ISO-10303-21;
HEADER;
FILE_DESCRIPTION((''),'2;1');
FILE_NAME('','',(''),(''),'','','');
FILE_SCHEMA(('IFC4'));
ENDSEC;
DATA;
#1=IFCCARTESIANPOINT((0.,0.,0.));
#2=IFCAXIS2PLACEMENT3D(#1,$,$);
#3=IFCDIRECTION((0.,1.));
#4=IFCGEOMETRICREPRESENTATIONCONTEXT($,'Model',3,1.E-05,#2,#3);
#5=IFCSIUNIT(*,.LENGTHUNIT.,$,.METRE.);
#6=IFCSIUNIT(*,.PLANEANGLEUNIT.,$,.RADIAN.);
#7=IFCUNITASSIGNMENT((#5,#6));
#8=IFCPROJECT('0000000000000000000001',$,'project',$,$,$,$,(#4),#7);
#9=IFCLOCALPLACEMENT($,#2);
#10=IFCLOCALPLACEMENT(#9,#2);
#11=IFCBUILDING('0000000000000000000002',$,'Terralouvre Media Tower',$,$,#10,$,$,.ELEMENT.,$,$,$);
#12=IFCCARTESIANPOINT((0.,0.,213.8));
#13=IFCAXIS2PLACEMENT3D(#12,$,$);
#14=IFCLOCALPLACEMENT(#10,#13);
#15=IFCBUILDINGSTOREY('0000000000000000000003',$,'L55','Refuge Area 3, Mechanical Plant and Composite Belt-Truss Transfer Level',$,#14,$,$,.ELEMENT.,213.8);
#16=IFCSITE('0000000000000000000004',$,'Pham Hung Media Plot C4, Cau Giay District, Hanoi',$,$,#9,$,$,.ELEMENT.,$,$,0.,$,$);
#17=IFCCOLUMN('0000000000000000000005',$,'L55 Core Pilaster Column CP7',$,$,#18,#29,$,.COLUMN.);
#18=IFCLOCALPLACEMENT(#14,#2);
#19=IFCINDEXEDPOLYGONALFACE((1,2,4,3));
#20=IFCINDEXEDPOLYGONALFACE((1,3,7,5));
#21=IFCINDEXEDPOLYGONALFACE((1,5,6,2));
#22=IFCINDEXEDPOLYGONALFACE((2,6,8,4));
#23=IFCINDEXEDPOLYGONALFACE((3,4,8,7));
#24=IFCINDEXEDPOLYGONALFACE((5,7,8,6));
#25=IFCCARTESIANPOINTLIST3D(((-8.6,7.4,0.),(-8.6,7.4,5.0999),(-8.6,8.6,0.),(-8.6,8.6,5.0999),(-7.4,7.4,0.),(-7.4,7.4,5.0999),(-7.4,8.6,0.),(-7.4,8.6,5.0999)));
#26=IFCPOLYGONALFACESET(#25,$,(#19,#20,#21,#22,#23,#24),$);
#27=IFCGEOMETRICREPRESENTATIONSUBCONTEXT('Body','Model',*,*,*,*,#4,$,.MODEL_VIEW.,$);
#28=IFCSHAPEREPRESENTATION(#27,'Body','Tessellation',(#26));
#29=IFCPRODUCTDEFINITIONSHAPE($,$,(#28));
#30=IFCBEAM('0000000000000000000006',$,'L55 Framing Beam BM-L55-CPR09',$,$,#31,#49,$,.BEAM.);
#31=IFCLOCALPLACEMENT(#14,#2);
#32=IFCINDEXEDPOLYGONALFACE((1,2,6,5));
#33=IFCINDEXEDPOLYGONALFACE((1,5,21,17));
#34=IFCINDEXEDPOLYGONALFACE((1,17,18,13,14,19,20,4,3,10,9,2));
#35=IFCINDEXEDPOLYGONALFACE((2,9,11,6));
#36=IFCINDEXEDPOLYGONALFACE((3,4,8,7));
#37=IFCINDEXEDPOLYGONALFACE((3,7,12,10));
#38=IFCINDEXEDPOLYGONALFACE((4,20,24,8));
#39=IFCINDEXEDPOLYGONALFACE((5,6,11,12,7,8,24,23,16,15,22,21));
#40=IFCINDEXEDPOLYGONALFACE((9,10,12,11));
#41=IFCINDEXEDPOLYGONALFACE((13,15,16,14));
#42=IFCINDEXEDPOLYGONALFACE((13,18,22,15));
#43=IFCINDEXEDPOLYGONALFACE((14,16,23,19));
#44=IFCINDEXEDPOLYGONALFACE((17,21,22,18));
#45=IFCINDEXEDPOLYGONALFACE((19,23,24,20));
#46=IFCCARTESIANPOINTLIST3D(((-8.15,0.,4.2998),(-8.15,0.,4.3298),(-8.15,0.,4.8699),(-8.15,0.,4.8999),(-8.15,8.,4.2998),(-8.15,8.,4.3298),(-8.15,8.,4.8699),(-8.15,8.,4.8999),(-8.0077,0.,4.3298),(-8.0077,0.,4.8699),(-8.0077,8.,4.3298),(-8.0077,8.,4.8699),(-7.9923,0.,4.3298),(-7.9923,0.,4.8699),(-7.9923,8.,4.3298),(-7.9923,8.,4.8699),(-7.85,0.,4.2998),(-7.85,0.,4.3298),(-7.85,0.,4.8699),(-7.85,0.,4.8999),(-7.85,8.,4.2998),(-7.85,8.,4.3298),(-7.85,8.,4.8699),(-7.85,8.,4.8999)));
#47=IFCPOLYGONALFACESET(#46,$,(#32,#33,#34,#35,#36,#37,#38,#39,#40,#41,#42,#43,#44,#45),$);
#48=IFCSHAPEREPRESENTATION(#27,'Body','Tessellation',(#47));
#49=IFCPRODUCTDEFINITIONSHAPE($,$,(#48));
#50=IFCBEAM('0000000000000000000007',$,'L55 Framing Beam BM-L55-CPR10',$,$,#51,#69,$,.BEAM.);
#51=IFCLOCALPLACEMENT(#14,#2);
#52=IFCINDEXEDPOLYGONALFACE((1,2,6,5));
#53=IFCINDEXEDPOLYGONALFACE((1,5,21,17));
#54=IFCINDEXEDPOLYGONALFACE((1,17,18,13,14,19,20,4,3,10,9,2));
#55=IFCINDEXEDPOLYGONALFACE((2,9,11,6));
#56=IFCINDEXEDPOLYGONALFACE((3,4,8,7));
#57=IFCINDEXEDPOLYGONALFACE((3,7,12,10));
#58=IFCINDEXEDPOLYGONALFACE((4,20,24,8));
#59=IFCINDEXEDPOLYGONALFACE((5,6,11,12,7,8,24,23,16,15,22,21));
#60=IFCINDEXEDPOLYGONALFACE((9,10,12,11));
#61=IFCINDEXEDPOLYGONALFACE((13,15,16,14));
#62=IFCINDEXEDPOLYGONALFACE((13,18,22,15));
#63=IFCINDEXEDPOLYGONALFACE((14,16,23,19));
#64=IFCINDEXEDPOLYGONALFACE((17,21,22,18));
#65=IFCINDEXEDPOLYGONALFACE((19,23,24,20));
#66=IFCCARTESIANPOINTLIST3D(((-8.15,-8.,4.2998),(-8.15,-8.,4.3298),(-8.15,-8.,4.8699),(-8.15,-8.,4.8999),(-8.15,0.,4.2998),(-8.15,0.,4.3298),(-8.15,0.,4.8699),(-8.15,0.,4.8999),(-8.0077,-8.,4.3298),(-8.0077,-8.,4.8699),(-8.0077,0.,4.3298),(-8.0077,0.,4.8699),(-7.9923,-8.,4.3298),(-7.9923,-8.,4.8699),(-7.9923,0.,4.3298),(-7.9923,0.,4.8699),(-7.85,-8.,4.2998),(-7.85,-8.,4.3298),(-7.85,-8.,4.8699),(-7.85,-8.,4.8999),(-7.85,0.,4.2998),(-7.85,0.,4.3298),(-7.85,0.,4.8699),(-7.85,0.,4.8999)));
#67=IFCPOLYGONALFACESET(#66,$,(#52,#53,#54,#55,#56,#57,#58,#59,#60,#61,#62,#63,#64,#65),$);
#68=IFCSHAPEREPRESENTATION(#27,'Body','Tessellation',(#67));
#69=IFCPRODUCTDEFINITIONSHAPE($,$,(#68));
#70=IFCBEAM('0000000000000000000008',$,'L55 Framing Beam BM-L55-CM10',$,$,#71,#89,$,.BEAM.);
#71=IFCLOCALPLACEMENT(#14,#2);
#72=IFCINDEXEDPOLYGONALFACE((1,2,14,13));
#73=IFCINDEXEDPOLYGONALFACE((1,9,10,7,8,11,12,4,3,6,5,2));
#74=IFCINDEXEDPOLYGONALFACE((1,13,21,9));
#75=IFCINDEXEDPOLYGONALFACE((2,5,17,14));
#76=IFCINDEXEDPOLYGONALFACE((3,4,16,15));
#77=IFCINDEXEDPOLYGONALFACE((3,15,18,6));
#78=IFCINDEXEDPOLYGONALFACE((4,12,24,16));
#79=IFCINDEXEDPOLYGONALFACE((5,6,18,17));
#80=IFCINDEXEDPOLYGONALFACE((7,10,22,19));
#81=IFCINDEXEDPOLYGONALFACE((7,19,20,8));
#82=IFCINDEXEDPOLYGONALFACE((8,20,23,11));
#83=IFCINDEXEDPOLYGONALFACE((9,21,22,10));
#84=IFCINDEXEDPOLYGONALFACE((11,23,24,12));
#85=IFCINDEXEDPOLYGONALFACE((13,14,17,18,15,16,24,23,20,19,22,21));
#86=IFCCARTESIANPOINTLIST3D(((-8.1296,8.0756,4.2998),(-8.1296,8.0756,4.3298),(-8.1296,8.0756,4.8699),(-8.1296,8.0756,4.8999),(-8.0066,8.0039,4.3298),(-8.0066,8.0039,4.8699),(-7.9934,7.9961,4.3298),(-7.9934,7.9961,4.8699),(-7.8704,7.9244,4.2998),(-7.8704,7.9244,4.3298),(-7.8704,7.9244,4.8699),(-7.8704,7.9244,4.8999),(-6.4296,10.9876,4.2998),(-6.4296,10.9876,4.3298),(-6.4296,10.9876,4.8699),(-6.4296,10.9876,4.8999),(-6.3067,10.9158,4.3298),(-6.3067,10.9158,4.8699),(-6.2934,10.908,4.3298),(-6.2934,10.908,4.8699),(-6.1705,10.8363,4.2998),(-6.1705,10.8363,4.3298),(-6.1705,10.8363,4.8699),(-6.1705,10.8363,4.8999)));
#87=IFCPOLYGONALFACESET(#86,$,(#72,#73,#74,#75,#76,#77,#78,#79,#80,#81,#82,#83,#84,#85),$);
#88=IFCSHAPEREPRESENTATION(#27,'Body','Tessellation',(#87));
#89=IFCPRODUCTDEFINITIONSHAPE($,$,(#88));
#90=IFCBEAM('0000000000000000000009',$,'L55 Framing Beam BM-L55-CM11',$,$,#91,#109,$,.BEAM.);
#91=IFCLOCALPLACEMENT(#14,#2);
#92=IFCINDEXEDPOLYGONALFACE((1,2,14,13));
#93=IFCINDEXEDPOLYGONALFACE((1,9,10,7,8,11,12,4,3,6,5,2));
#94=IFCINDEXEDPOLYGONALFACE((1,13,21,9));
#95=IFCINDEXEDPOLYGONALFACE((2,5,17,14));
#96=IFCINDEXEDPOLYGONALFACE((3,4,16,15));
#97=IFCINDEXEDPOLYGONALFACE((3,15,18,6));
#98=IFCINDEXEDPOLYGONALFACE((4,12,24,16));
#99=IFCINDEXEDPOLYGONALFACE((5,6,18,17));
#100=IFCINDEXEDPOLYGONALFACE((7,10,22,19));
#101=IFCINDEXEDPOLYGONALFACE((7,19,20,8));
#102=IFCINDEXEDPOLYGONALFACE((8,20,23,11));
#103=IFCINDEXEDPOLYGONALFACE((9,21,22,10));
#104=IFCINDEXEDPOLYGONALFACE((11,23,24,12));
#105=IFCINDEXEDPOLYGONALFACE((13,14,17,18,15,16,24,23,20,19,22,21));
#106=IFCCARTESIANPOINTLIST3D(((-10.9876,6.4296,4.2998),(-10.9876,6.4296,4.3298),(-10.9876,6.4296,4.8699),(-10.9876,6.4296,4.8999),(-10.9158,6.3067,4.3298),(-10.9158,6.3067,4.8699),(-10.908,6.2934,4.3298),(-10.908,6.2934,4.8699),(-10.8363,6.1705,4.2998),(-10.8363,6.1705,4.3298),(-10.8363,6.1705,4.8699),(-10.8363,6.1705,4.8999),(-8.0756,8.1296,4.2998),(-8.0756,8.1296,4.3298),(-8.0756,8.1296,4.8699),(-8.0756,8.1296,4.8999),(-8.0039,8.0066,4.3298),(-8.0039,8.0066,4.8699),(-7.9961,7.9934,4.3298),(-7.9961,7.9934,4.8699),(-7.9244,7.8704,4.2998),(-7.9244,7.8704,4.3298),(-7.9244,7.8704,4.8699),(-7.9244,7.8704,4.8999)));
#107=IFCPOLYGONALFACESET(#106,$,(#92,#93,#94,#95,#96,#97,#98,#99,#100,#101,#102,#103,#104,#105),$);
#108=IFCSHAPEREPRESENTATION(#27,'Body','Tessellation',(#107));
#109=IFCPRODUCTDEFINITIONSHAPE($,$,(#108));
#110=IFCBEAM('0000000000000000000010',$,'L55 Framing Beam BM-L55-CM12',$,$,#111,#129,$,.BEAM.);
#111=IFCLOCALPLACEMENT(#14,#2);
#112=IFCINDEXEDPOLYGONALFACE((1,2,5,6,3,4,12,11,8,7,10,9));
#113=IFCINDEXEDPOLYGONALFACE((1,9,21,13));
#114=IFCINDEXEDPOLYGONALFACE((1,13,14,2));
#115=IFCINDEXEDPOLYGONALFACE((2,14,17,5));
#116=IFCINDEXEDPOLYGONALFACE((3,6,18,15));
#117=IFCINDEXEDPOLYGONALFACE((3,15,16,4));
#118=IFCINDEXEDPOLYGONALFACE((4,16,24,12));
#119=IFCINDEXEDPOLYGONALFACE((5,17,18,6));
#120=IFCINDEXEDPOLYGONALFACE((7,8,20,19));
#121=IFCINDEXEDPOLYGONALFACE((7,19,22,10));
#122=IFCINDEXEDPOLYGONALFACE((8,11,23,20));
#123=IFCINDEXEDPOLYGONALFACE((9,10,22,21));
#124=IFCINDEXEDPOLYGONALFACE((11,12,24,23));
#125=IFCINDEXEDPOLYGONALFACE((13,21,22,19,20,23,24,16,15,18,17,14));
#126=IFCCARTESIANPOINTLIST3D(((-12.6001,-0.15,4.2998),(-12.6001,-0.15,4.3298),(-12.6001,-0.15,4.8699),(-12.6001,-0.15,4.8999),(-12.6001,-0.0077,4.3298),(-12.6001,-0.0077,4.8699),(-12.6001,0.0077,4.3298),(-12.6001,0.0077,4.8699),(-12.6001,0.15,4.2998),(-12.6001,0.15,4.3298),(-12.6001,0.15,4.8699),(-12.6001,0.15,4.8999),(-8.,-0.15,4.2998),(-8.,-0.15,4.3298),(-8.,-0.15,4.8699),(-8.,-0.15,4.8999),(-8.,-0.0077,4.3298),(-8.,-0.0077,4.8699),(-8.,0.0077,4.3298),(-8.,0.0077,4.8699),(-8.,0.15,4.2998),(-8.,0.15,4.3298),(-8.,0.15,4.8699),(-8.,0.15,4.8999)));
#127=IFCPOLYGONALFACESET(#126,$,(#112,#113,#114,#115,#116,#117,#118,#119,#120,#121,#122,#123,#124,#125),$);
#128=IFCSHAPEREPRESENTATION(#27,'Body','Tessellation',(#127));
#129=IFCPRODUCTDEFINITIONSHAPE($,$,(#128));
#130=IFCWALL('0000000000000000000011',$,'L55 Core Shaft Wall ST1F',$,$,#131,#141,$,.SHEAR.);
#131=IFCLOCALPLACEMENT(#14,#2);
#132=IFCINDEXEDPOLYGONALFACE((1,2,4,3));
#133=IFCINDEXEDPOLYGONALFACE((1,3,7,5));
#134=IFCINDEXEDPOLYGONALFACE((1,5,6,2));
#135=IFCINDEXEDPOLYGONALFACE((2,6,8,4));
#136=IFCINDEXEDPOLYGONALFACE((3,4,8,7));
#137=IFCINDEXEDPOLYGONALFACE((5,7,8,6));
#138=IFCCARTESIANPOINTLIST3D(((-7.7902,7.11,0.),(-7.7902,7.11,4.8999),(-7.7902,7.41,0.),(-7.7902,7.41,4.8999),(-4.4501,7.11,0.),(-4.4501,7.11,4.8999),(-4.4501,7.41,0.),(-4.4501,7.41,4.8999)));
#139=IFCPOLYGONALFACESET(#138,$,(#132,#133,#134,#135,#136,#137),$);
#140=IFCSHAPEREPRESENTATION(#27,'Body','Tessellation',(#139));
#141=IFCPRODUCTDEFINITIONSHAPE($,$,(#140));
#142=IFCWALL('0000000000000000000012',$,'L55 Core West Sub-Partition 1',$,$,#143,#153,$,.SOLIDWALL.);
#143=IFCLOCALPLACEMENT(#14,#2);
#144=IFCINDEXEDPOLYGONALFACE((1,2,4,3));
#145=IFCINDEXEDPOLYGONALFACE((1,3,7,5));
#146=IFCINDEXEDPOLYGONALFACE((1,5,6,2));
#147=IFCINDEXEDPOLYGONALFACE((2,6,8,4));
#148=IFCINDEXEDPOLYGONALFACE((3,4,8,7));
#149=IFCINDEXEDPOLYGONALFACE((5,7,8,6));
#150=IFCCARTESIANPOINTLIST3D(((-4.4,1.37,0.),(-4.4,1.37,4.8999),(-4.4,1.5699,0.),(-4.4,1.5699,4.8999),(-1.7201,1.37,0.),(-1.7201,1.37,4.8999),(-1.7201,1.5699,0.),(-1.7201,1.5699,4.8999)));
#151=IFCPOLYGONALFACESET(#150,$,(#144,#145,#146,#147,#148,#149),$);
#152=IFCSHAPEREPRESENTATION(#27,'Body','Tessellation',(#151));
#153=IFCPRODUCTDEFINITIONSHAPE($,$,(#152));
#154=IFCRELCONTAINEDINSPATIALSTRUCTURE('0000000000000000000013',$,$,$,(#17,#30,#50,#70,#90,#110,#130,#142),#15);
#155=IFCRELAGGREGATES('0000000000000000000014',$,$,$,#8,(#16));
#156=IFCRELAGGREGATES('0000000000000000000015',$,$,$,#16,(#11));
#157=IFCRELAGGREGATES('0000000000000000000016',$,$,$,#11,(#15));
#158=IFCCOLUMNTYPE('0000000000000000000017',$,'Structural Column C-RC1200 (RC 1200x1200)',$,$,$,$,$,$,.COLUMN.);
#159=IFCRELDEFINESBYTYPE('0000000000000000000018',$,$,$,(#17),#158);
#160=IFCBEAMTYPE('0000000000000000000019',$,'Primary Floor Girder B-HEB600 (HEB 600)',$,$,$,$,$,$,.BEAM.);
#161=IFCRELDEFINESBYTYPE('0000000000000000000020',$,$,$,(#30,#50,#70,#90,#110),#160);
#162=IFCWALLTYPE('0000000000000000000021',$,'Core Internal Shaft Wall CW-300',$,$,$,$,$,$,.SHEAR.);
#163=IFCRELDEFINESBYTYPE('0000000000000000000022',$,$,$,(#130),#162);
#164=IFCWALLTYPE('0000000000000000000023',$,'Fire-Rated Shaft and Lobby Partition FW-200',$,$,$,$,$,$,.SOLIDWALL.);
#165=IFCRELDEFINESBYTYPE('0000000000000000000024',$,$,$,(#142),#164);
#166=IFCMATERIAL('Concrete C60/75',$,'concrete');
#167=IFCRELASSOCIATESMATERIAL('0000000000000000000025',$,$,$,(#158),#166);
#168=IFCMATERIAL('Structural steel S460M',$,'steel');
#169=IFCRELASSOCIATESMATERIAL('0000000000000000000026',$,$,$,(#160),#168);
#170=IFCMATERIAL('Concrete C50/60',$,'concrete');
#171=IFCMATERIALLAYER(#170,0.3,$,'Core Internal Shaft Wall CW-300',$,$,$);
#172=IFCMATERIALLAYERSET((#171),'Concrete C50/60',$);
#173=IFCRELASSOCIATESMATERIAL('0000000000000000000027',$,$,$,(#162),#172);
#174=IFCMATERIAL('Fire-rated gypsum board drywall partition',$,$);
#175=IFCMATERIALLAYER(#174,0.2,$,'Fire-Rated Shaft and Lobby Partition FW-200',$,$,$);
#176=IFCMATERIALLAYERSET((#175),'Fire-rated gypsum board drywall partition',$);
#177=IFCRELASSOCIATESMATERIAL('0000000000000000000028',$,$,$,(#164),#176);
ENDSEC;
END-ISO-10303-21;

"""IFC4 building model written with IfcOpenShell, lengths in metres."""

from ifc_helpers import new_model, si_unit, direction, frame, frame_2d, origin, origin_2d, place, context, subcontext, project, spatial, rectangle, i_section, extrude, material, layer, layer_set, material_profile, profile_set, type_object, element, save


model = new_model("IFC4")

# Units and contexts
model_context = context("Model", 3, precision=1e-05, world=origin(), true_north=direction((0.0, 1.0)))
body_context = subcontext(model_context, "Body", "Model", "MODEL_VIEW")
ifc_project = project(units=[si_unit("LENGTHUNIT", "METRE"), si_unit("PLANEANGLEUNIT", "RADIAN")], contexts=[model_context])

# Site, building, storey
site_placement = place(None, origin())
site = spatial("IfcSite", under=ifc_project, at=site_placement, Name="Pham Hung Media Plot C4, Cau Giay District, Hanoi", CompositionType="ELEMENT", RefElevation=0.0)
building_placement = place(site_placement, origin())
building = spatial("IfcBuilding", under=site, at=building_placement, Name="Terralouvre Media Tower", CompositionType="ELEMENT")
storey_placement = place(building_placement, frame((0.0, 0.0, 213.8)))
storey = spatial("IfcBuildingStorey", under=building, at=storey_placement, Name="L55", Description="Refuge Area 3, Mechanical Plant and Composite Belt-Truss Transfer Level", CompositionType="ELEMENT", Elevation=213.8)

# Column
ifc_material_1 = material(Name="Concrete C60/75", Category="concrete")
ifc_material_profile_1 = material_profile(ifc_material_1, rectangle(XDim=1.2, YDim=1.2, at=origin_2d()), Name="RC 1200x1200")
ifc_profile_set_1 = profile_set([ifc_material_profile_1], Name="Concrete C60/75")
column_type = type_object("IfcColumnType", Name="Structural Column C-RC1200 (RC 1200x1200)", PredefinedType="COLUMN", material=ifc_profile_set_1)
column_placement = place(storey_placement, frame((-8.0, 8.0, 0.0), z_axis=(0.0, 0.0, 1.0), x_axis=(1.0, 0.0, 0.0)))
element("IfcColumn", 1, at=column_placement, inside=storey, type_object=column_type, Name="L55 Core Pilaster Column CP7", PredefinedType="COLUMN", context=body_context, shape_type="SweptSolid", body=[
    extrude(rectangle(XDim=1.2, YDim=1.2, at=origin_2d()), origin(), (0.0, 0.0, 1.0), 5.0999),
])

# Beams
ifc_material_2 = material(Name="Structural steel S460M", Category="steel")
ifc_material_profile_2 = material_profile(ifc_material_2, i_section(OverallWidth=0.3, OverallDepth=0.6001, WebThickness=0.0154, FlangeThickness=0.03, at=origin_2d()), Name="HEB 600")
ifc_profile_set_2 = profile_set([ifc_material_profile_2], Name="Structural steel S460M")
beam_type = type_object("IfcBeamType", Name="Primary Floor Girder B-HEB600 (HEB 600)", PredefinedType="BEAM", material=ifc_profile_set_2)
for number, where, z_axis, x_axis, name in (
    (2, (-8.0, 8.0, 4.5999), (0.0, -1.0, 0.0), (1.0, 0.0, 0.0), "L55 Framing Beam BM-L55-CPR09"),
    (3, (-8.0, 0.0, 4.5999), (0.0, -1.0, 0.0), (1.0, 0.0, 0.0), "L55 Framing Beam BM-L55-CPR10"),
):
    element("IfcBeam", number, at=place(storey_placement, frame(where, z_axis=z_axis, x_axis=x_axis)), inside=storey, type_object=beam_type, Name=name, PredefinedType="BEAM", context=body_context, shape_type="SweptSolid", body=[
        extrude(i_section(OverallWidth=0.3, OverallDepth=0.6001, WebThickness=0.0154, FlangeThickness=0.03, at=origin_2d()), origin(), (0.0, 0.0, 1.0), 8.0),
    ])
for number, where, z_axis, x_axis, name in (
    (4, (-8.0, 8.0, 4.5999), (0.504173, 0.863603, 0.0), (-0.863603, 0.504173, 0.0), "L55 Framing Beam BM-L55-CM10"),
    (5, (-8.0, 8.0, 4.5999), (-0.863603, -0.504173, 0.0), (0.504173, -0.863603, 0.0), "L55 Framing Beam BM-L55-CM11"),
):
    element("IfcBeam", number, at=place(storey_placement, frame(where, z_axis=z_axis, x_axis=x_axis)), inside=storey, type_object=beam_type, Name=name, PredefinedType="BEAM", context=body_context, shape_type="SweptSolid", body=[
        extrude(i_section(OverallWidth=0.3, OverallDepth=0.6001, WebThickness=0.0154, FlangeThickness=0.03, at=origin_2d()), origin(), (0.0, 0.0, 1.0), 3.3718),
    ])
beam_placement = place(storey_placement, frame((-8.0, 0.0, 4.5999), z_axis=(-1.0, 0.0, 0.0), x_axis=(0.0, -1.0, 0.0)))
element("IfcBeam", 6, at=beam_placement, inside=storey, type_object=beam_type, Name="L55 Framing Beam BM-L55-CM12", PredefinedType="BEAM", context=body_context, shape_type="SweptSolid", body=[
    extrude(i_section(OverallWidth=0.3, OverallDepth=0.6001, WebThickness=0.0154, FlangeThickness=0.03, at=origin_2d()), origin(), (0.0, 0.0, 1.0), 4.6001),
])

# Shared definitions
ifc_material_3 = material(Name="Concrete C50/60", Category="concrete")
ifc_layer_1 = layer(ifc_material_3, 0.3, Name="Core Internal Shaft Wall CW-300")
ifc_layer_set_1 = layer_set([ifc_layer_1], Name="Concrete C50/60")
wall_type_1 = type_object("IfcWallType", Name="Core Internal Shaft Wall CW-300", PredefinedType="SHEAR", material=ifc_layer_set_1)

# Walls
wall_1_placement = place(storey_placement, frame((-7.79, 7.26, 0.0), z_axis=(0.0, 0.0, 1.0), x_axis=(1.0, 0.0, 0.0)))
element("IfcWall", 7, at=wall_1_placement, inside=storey, type_object=wall_type_1, Name="L55 Core Shaft Wall ST1F", PredefinedType="SHEAR", context=body_context, shape_type="SweptSolid", body=[
    extrude(rectangle(XDim=3.3401, YDim=0.3, at=frame_2d((1.6699, 0.0))), origin(), (0.0, 0.0, 1.0), 4.8999),
])
ifc_material_4 = material(Name="Fire-rated gypsum board drywall partition")
ifc_layer_2 = layer(ifc_material_4, 0.2, Name="Fire-Rated Shaft and Lobby Partition FW-200")
ifc_layer_set_2 = layer_set([ifc_layer_2], Name="Fire-rated gypsum board drywall partition")
wall_type_2 = type_object("IfcWallType", Name="Fire-Rated Shaft and Lobby Partition FW-200", PredefinedType="SOLIDWALL", material=ifc_layer_set_2)
wall_2_placement = place(storey_placement, frame((-4.3999, 1.47, 0.0), z_axis=(0.0, 0.0, 1.0), x_axis=(1.0, 0.0, 0.0)))
element("IfcWall", 8, at=wall_2_placement, inside=storey, type_object=wall_type_2, Name="L55 Core West Sub-Partition 1", PredefinedType="SOLIDWALL", context=body_context, shape_type="SweptSolid", body=[
    extrude(rectangle(XDim=2.6799, YDim=0.2, at=frame_2d((1.3398, 0.0))), origin(), (0.0, 0.0, 1.0), 4.8999),
])

save(model, "model.ifc")
